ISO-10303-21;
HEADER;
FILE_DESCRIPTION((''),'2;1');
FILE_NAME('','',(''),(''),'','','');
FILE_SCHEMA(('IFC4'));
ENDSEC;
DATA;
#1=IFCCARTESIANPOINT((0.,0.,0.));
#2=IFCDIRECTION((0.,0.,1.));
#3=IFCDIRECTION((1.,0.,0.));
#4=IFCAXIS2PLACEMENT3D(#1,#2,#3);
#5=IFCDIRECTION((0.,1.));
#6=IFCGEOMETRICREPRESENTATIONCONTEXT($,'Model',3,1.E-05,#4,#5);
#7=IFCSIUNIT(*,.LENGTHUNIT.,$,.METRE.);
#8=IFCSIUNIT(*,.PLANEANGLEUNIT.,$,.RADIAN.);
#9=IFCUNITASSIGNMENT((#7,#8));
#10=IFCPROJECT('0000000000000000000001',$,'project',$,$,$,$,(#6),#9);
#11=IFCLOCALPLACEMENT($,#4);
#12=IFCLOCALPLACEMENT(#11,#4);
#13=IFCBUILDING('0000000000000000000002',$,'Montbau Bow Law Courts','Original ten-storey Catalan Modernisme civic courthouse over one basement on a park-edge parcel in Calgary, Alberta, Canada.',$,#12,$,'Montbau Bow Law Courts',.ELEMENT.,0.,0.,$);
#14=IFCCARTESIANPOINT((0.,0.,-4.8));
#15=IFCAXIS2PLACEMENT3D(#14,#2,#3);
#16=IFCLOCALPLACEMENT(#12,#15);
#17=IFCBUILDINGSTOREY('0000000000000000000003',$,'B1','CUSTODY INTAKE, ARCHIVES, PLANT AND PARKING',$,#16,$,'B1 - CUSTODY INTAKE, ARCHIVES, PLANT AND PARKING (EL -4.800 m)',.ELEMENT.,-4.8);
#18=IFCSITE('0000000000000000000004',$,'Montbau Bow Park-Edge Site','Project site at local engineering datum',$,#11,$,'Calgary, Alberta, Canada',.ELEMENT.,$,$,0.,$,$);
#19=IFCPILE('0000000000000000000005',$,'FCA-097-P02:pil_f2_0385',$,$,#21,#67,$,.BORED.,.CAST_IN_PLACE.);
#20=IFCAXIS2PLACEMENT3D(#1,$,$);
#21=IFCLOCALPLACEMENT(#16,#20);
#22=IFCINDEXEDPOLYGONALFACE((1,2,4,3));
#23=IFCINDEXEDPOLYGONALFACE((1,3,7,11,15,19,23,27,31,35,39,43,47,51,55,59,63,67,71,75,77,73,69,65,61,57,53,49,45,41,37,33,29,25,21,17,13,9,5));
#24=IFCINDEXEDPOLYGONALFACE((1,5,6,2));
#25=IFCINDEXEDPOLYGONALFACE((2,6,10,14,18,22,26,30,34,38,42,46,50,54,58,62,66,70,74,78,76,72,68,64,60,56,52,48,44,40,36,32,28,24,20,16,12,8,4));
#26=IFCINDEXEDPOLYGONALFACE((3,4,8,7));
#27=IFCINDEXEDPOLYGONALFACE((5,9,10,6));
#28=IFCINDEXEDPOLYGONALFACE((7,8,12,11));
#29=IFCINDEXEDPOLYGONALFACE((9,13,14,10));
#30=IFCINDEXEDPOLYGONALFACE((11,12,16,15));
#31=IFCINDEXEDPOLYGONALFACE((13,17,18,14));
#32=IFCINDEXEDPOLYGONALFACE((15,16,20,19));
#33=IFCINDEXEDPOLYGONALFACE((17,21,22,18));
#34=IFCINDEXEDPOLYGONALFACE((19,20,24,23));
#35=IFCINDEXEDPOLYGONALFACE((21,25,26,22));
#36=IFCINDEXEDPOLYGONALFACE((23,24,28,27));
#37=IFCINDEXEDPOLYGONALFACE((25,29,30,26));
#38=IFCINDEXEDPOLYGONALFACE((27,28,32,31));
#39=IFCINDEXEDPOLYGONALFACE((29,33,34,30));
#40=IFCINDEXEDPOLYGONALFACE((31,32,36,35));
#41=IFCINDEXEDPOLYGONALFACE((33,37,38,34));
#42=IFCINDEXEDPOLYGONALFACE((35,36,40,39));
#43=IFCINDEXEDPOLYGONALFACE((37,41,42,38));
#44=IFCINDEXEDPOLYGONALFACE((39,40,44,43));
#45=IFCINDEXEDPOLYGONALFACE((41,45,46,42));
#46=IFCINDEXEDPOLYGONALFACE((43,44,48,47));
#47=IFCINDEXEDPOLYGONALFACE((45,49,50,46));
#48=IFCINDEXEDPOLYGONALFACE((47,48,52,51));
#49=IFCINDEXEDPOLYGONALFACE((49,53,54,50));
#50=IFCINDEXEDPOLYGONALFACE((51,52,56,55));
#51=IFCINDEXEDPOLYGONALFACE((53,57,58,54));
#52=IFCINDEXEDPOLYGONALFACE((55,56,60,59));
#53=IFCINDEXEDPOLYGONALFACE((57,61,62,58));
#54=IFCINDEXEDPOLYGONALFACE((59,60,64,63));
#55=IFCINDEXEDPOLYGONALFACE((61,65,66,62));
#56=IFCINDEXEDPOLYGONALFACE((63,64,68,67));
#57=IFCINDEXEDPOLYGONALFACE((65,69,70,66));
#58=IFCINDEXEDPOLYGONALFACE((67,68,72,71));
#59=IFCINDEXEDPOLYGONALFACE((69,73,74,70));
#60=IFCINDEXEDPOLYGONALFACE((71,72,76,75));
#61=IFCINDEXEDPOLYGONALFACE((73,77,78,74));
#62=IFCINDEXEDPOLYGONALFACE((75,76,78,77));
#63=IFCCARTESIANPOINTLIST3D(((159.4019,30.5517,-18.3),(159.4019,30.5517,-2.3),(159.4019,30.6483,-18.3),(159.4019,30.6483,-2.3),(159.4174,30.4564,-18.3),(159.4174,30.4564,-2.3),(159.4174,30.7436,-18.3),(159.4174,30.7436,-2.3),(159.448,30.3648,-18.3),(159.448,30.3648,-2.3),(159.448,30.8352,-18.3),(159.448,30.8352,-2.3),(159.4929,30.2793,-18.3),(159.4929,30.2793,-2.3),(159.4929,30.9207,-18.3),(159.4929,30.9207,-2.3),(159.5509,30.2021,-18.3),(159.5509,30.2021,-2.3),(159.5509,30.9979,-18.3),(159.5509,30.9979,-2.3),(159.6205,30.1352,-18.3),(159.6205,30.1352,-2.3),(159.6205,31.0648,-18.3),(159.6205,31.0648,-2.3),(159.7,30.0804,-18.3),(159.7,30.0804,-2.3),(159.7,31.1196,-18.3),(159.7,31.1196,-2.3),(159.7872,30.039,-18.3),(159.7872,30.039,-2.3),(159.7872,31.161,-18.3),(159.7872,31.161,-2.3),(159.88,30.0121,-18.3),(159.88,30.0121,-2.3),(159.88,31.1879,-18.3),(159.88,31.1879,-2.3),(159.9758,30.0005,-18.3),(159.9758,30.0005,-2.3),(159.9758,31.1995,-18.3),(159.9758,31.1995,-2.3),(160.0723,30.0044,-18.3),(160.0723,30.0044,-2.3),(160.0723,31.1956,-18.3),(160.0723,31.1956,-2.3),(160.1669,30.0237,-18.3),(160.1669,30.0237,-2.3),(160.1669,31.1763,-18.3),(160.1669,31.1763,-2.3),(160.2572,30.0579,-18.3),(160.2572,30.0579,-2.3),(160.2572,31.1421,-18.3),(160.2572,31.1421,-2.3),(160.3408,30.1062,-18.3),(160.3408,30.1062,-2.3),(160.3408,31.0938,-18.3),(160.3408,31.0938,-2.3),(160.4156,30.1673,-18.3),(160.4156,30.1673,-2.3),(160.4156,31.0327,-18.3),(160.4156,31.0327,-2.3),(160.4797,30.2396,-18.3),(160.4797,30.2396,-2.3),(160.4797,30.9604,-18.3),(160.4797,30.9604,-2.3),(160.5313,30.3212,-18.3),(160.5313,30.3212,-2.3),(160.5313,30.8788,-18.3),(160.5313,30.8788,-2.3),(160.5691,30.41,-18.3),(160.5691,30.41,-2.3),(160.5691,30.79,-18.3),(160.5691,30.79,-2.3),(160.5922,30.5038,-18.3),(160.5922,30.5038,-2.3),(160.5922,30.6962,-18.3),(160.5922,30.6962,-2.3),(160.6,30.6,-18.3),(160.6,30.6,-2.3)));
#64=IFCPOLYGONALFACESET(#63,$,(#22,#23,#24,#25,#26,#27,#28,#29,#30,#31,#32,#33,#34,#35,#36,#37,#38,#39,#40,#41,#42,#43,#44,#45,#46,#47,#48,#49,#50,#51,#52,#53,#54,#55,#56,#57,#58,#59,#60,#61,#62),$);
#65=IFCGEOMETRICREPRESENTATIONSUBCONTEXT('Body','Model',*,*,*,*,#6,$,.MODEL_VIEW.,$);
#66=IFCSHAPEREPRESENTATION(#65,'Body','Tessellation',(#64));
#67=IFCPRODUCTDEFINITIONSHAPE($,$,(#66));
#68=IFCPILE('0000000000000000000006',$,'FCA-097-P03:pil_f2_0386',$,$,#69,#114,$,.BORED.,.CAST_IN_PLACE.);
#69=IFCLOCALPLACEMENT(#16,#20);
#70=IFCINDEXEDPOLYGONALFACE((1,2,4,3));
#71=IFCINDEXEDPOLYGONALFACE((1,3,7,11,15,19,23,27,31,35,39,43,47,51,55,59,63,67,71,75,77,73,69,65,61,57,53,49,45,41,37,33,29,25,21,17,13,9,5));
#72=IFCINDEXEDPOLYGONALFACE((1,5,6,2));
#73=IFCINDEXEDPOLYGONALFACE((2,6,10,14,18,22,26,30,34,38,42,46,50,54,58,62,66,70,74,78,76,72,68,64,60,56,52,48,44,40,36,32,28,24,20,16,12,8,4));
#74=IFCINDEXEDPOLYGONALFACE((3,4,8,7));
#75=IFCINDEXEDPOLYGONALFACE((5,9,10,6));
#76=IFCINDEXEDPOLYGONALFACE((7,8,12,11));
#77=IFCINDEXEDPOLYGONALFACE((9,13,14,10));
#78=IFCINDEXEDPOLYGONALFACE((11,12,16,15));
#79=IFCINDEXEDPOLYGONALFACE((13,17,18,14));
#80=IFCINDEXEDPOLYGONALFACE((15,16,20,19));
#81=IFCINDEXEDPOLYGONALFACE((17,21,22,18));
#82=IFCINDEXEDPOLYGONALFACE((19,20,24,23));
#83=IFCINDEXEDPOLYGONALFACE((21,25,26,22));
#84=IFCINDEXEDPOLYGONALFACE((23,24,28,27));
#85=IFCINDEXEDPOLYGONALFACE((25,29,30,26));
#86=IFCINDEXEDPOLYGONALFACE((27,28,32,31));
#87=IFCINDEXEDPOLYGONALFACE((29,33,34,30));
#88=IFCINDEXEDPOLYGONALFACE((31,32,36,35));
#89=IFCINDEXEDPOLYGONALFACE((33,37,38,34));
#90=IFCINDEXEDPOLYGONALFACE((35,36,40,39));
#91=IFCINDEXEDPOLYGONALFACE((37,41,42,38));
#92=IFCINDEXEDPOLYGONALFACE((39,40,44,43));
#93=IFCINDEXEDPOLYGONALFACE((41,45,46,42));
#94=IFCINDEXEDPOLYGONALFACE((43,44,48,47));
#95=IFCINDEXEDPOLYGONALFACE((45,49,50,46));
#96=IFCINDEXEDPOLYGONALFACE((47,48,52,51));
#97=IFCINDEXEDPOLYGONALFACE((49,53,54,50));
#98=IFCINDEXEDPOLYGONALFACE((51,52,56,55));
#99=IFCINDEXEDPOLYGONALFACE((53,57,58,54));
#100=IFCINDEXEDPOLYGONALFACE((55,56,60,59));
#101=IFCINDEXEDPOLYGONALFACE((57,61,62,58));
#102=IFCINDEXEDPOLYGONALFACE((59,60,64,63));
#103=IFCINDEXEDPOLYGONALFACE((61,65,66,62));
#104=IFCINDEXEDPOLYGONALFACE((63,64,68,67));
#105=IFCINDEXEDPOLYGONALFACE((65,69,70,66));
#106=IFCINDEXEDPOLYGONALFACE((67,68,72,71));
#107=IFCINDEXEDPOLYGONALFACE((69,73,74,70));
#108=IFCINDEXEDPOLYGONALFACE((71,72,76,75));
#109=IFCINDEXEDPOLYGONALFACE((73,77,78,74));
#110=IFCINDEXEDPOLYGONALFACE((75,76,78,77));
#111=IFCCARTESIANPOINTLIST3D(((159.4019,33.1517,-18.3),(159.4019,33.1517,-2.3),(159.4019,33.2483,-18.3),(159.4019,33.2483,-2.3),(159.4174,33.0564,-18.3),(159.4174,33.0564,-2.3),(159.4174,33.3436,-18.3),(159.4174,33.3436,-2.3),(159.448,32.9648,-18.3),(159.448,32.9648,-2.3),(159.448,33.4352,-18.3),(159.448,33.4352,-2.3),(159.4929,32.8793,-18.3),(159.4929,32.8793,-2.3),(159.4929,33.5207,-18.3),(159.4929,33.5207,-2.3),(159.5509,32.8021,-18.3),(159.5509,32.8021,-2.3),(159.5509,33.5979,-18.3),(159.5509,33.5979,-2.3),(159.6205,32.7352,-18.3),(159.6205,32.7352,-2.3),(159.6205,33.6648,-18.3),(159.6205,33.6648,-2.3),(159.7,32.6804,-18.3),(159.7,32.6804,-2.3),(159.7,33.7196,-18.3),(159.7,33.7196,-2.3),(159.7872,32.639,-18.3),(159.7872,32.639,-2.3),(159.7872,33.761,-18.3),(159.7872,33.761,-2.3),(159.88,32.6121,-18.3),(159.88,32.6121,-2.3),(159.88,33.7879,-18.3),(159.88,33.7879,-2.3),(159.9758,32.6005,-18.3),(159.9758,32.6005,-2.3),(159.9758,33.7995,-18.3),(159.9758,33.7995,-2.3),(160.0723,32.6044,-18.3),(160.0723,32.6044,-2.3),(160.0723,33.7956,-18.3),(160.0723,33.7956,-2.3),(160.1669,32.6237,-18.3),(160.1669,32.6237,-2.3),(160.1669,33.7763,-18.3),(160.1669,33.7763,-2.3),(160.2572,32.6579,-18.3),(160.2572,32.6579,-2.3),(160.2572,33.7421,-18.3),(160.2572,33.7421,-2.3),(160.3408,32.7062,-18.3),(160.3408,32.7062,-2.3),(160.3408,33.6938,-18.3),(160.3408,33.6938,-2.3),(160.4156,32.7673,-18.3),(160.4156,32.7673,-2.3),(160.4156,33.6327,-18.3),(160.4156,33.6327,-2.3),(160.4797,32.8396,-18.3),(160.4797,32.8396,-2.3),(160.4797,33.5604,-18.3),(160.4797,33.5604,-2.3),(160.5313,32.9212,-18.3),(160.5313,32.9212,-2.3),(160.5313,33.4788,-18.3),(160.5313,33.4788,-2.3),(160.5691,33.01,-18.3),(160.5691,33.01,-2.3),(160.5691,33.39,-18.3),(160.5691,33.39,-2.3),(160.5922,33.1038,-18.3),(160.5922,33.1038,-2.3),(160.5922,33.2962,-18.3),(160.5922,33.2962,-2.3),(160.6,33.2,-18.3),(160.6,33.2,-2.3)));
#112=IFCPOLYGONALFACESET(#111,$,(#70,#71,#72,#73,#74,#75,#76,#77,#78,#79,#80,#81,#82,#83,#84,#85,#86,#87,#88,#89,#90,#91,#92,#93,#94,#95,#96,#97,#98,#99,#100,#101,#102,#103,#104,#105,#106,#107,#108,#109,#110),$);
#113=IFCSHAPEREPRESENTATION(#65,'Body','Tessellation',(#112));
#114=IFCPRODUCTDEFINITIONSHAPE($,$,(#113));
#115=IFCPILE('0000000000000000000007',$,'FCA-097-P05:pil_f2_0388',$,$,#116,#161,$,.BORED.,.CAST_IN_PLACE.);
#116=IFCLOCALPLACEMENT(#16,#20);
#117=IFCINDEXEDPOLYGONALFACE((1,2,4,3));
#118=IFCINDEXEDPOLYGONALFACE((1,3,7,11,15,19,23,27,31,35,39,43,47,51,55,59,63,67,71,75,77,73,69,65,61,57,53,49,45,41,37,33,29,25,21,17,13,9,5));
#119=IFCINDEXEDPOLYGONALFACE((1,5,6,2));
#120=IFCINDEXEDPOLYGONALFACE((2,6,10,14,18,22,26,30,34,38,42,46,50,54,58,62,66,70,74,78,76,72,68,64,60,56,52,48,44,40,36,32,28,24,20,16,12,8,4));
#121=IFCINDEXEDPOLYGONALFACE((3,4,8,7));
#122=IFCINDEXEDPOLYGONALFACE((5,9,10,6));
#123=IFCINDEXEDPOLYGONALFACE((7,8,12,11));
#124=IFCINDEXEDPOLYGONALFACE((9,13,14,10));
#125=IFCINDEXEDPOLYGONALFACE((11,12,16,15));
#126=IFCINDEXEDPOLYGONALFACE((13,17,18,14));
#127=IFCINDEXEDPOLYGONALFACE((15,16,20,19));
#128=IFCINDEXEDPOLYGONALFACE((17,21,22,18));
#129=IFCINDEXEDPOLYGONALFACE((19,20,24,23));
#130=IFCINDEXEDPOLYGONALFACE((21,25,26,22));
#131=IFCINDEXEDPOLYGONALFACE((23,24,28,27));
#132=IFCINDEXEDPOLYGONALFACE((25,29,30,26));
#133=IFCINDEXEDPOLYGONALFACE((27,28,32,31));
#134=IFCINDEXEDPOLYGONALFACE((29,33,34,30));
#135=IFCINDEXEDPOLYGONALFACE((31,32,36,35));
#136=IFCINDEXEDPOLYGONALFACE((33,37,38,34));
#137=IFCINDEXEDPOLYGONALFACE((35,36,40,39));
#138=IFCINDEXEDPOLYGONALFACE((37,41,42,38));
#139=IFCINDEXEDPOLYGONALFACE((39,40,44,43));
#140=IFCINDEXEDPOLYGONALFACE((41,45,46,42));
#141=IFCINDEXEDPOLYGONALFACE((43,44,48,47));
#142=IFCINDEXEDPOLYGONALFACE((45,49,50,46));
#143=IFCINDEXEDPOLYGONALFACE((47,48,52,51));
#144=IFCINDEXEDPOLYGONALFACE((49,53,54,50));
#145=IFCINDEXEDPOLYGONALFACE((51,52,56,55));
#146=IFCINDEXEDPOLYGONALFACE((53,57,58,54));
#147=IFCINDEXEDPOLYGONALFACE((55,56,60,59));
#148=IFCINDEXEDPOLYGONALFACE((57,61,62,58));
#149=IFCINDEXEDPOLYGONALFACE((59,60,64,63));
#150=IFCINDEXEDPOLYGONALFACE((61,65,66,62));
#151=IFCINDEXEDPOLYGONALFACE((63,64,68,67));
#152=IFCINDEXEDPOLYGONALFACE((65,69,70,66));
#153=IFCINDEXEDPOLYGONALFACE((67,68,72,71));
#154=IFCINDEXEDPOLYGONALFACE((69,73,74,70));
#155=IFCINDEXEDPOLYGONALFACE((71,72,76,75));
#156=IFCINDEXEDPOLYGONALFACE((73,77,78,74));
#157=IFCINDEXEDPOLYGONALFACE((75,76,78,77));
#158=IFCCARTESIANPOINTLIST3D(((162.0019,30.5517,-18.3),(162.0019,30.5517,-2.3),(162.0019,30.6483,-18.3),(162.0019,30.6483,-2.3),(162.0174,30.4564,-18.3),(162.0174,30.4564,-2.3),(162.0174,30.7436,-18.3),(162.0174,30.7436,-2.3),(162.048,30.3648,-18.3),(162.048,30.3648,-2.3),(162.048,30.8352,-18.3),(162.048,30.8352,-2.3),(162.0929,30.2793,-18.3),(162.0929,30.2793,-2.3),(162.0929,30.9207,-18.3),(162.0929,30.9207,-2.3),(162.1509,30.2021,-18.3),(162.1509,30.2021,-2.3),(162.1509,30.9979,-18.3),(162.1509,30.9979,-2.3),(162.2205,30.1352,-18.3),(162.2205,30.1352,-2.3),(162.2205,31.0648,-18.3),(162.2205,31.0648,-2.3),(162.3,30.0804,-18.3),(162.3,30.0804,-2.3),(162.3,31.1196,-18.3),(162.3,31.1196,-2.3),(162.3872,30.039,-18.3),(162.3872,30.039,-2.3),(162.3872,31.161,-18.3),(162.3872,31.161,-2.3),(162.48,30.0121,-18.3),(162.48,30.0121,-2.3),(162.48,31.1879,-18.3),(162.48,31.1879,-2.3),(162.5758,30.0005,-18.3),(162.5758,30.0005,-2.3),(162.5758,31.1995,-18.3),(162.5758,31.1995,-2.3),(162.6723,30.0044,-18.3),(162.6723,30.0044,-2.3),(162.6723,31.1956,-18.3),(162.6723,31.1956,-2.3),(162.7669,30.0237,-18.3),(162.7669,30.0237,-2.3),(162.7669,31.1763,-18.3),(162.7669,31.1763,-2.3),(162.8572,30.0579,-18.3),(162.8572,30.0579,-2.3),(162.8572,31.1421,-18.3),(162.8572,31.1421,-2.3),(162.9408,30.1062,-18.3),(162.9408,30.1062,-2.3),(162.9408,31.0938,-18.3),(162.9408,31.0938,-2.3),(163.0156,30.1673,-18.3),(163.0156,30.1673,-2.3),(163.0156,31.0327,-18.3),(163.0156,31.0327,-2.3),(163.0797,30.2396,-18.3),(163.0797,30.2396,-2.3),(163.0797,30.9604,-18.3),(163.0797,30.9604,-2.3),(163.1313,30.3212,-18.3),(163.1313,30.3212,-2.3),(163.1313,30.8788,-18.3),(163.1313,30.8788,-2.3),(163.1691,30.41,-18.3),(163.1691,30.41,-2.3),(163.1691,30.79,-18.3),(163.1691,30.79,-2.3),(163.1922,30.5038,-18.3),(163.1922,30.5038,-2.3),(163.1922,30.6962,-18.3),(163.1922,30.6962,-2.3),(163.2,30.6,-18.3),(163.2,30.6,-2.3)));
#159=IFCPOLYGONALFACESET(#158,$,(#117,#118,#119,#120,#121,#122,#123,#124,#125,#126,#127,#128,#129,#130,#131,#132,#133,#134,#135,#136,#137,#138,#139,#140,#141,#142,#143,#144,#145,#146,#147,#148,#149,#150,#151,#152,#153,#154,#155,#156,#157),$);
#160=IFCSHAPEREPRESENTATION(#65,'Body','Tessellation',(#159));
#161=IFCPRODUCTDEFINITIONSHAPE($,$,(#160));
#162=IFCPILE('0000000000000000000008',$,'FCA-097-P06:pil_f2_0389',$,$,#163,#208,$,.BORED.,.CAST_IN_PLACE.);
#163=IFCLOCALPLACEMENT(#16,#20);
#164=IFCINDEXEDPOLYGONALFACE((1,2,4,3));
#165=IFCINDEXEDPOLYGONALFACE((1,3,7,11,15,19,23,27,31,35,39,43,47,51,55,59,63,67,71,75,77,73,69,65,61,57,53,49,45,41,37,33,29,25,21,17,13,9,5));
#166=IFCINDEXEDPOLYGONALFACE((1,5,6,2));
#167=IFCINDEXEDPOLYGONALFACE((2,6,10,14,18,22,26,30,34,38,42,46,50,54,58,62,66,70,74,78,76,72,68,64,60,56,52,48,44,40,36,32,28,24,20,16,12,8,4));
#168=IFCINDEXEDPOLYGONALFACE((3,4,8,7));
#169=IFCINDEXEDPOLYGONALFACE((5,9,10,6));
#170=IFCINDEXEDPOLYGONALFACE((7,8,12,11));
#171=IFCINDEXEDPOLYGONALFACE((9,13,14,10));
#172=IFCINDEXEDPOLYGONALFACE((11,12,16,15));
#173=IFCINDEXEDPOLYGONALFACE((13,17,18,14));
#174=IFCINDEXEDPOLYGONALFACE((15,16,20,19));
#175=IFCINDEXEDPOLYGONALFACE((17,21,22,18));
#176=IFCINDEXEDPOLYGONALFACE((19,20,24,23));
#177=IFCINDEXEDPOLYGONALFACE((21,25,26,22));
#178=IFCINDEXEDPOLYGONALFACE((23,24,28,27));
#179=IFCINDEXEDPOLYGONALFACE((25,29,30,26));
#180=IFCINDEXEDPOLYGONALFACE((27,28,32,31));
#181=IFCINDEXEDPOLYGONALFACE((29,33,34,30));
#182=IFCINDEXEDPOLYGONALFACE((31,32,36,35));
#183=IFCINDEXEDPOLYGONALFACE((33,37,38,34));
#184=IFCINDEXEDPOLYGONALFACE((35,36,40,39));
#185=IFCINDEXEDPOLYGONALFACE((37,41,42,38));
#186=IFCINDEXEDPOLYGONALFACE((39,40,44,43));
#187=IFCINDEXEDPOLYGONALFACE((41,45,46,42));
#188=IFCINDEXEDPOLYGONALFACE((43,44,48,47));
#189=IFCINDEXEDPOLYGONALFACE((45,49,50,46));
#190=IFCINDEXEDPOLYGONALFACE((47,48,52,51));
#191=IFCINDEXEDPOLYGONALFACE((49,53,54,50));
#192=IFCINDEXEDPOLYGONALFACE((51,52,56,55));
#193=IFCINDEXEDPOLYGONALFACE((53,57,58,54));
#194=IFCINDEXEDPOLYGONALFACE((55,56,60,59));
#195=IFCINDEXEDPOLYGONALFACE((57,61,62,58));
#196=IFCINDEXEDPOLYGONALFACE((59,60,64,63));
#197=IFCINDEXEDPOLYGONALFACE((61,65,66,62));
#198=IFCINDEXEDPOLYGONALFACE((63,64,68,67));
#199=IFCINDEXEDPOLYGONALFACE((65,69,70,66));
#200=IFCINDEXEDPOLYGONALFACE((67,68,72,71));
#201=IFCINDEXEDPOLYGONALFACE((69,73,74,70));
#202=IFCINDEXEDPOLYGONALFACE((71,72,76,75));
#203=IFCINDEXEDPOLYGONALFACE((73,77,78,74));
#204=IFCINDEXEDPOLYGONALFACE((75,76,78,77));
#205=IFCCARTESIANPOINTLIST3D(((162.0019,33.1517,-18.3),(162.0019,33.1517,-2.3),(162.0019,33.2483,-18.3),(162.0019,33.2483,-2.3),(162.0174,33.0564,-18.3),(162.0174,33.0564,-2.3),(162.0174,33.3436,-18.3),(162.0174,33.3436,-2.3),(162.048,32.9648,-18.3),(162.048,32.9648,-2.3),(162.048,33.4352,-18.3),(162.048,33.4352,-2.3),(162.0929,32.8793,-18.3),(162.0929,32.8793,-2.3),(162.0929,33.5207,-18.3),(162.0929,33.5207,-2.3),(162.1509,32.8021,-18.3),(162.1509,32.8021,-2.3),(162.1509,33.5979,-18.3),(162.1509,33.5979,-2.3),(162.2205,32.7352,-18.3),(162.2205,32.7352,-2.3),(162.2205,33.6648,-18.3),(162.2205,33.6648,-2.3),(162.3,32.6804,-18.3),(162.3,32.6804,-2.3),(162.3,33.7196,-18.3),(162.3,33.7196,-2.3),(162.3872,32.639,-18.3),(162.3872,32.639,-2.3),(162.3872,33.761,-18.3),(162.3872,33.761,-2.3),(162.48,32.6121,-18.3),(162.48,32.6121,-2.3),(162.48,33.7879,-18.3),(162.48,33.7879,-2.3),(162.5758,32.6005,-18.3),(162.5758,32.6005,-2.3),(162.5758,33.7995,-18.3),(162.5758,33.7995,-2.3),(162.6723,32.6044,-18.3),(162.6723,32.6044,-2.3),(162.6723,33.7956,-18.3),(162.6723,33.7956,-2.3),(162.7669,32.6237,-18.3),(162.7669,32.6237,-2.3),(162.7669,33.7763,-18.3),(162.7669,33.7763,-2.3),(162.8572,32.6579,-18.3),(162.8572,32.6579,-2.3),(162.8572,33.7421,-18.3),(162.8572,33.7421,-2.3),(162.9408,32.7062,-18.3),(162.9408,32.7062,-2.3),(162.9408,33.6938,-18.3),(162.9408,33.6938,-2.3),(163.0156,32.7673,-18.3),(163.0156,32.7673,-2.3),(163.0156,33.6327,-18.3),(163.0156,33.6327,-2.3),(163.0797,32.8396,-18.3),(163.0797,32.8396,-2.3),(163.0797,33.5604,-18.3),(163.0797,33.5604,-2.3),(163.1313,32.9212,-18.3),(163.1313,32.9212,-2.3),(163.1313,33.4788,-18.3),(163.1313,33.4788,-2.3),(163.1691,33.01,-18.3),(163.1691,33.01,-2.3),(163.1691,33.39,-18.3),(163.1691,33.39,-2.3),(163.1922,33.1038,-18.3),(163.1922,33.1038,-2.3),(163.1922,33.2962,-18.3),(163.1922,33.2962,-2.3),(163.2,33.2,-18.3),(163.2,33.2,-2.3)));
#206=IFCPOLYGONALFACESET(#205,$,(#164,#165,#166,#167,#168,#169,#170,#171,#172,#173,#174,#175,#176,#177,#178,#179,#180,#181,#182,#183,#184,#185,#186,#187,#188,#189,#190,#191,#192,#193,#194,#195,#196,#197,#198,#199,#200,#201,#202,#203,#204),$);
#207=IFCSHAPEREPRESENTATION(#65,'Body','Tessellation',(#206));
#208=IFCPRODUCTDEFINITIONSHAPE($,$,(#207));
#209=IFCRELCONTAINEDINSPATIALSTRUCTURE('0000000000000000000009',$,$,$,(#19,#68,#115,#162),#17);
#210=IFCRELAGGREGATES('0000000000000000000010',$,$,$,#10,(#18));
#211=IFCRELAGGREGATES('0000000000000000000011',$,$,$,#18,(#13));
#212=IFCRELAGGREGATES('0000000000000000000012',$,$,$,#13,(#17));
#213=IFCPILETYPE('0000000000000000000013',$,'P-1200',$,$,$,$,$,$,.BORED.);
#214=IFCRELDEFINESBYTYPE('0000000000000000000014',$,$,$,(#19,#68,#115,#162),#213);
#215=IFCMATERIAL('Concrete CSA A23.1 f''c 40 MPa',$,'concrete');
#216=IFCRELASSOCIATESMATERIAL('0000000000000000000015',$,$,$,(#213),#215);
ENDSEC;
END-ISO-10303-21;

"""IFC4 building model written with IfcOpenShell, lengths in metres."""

from ifc_helpers import new_model, si_unit, direction, frame, origin_with_axes, origin_2d_with_axis, place, context, subcontext, project, spatial, circle, extrude, material, material_profile, profile_set, type_object, element, save


model = new_model("IFC4")

# Units and contexts
model_context = context("Model", 3, precision=1e-05, world=origin_with_axes(), true_north=direction((0.0, 1.0)))
body_context = subcontext(model_context, "Body", "Model", "MODEL_VIEW")
ifc_project = project(units=[si_unit("LENGTHUNIT", "METRE"), si_unit("PLANEANGLEUNIT", "RADIAN")], contexts=[model_context])

# Site, building, storey
site_placement = place(None, origin_with_axes())
site = spatial("IfcSite", under=ifc_project, at=site_placement, Name="Montbau Bow Park-Edge Site", Description="Project site at local engineering datum", LongName="Calgary, Alberta, Canada", CompositionType="ELEMENT", RefElevation=0.0)
building_placement = place(site_placement, origin_with_axes())
building = spatial("IfcBuilding", under=site, at=building_placement, Name="Montbau Bow Law Courts", Description="Original ten-storey Catalan Modernisme civic courthouse over one basement on a park-edge parcel in Calgary, Alberta, Canada.", LongName="Montbau Bow Law Courts", CompositionType="ELEMENT", ElevationOfRefHeight=0.0, ElevationOfTerrain=0.0)
storey_placement = place(building_placement, frame((0.0, 0.0, -4.8), z_axis=(0.0, 0.0, 1.0), x_axis=(1.0, 0.0, 0.0)))
storey = spatial("IfcBuildingStorey", under=building, at=storey_placement, Name="B1", Description="CUSTODY INTAKE, ARCHIVES, PLANT AND PARKING", LongName="B1 - CUSTODY INTAKE, ARCHIVES, PLANT AND PARKING (EL -4.800 m)", CompositionType="ELEMENT", Elevation=-4.8)

# Piles
ifc_material_1 = material(Name="Concrete CSA A23.1 f'c 40 MPa", Category="concrete")
ifc_material_profile_1 = material_profile(ifc_material_1, circle(Radius=0.6, at=origin_2d_with_axis()), Name="BP1200", Category="Main", Priority=0)
ifc_profile_set_1 = profile_set([ifc_material_profile_1], Name="Concrete CSA A23.1 f'c 40 MPa")
pile_type_1 = type_object("IfcPileType", Name="P-1200", PredefinedType="BORED", material=ifc_profile_set_1)
for number, where, z_axis, x_axis, name in (
    (1, (160.0, 30.6, -23.1), (0.0, 0.0, 1.0), (1.0, 0.0, 0.0), "FCA-097-P02:pil_f2_0385"),
    (2, (160.0, 33.2, -23.1), (0.0, 0.0, 1.0), (1.0, 0.0, 0.0), "FCA-097-P03:pil_f2_0386"),
    (3, (162.6, 30.6, -23.1), (0.0, 0.0, 1.0), (1.0, 0.0, 0.0), "FCA-097-P05:pil_f2_0388"),
    (4, (162.6, 33.2, -23.1), (0.0, 0.0, 1.0), (1.0, 0.0, 0.0), "FCA-097-P06:pil_f2_0389"),
):
    element("IfcPile", number, at=place(None, frame(where, z_axis=z_axis, x_axis=x_axis)), inside=storey, type_object=pile_type_1, Name=name, ConstructionType="CAST_IN_PLACE", PredefinedType="BORED", context=body_context, shape_type="SweptSolid", body=[
        extrude(circle(Radius=0.6, at=origin_2d_with_axis()), origin_with_axes(), (0.0, 0.0, 1.0), 16.0),
    ])

save(model, "model.ifc")
